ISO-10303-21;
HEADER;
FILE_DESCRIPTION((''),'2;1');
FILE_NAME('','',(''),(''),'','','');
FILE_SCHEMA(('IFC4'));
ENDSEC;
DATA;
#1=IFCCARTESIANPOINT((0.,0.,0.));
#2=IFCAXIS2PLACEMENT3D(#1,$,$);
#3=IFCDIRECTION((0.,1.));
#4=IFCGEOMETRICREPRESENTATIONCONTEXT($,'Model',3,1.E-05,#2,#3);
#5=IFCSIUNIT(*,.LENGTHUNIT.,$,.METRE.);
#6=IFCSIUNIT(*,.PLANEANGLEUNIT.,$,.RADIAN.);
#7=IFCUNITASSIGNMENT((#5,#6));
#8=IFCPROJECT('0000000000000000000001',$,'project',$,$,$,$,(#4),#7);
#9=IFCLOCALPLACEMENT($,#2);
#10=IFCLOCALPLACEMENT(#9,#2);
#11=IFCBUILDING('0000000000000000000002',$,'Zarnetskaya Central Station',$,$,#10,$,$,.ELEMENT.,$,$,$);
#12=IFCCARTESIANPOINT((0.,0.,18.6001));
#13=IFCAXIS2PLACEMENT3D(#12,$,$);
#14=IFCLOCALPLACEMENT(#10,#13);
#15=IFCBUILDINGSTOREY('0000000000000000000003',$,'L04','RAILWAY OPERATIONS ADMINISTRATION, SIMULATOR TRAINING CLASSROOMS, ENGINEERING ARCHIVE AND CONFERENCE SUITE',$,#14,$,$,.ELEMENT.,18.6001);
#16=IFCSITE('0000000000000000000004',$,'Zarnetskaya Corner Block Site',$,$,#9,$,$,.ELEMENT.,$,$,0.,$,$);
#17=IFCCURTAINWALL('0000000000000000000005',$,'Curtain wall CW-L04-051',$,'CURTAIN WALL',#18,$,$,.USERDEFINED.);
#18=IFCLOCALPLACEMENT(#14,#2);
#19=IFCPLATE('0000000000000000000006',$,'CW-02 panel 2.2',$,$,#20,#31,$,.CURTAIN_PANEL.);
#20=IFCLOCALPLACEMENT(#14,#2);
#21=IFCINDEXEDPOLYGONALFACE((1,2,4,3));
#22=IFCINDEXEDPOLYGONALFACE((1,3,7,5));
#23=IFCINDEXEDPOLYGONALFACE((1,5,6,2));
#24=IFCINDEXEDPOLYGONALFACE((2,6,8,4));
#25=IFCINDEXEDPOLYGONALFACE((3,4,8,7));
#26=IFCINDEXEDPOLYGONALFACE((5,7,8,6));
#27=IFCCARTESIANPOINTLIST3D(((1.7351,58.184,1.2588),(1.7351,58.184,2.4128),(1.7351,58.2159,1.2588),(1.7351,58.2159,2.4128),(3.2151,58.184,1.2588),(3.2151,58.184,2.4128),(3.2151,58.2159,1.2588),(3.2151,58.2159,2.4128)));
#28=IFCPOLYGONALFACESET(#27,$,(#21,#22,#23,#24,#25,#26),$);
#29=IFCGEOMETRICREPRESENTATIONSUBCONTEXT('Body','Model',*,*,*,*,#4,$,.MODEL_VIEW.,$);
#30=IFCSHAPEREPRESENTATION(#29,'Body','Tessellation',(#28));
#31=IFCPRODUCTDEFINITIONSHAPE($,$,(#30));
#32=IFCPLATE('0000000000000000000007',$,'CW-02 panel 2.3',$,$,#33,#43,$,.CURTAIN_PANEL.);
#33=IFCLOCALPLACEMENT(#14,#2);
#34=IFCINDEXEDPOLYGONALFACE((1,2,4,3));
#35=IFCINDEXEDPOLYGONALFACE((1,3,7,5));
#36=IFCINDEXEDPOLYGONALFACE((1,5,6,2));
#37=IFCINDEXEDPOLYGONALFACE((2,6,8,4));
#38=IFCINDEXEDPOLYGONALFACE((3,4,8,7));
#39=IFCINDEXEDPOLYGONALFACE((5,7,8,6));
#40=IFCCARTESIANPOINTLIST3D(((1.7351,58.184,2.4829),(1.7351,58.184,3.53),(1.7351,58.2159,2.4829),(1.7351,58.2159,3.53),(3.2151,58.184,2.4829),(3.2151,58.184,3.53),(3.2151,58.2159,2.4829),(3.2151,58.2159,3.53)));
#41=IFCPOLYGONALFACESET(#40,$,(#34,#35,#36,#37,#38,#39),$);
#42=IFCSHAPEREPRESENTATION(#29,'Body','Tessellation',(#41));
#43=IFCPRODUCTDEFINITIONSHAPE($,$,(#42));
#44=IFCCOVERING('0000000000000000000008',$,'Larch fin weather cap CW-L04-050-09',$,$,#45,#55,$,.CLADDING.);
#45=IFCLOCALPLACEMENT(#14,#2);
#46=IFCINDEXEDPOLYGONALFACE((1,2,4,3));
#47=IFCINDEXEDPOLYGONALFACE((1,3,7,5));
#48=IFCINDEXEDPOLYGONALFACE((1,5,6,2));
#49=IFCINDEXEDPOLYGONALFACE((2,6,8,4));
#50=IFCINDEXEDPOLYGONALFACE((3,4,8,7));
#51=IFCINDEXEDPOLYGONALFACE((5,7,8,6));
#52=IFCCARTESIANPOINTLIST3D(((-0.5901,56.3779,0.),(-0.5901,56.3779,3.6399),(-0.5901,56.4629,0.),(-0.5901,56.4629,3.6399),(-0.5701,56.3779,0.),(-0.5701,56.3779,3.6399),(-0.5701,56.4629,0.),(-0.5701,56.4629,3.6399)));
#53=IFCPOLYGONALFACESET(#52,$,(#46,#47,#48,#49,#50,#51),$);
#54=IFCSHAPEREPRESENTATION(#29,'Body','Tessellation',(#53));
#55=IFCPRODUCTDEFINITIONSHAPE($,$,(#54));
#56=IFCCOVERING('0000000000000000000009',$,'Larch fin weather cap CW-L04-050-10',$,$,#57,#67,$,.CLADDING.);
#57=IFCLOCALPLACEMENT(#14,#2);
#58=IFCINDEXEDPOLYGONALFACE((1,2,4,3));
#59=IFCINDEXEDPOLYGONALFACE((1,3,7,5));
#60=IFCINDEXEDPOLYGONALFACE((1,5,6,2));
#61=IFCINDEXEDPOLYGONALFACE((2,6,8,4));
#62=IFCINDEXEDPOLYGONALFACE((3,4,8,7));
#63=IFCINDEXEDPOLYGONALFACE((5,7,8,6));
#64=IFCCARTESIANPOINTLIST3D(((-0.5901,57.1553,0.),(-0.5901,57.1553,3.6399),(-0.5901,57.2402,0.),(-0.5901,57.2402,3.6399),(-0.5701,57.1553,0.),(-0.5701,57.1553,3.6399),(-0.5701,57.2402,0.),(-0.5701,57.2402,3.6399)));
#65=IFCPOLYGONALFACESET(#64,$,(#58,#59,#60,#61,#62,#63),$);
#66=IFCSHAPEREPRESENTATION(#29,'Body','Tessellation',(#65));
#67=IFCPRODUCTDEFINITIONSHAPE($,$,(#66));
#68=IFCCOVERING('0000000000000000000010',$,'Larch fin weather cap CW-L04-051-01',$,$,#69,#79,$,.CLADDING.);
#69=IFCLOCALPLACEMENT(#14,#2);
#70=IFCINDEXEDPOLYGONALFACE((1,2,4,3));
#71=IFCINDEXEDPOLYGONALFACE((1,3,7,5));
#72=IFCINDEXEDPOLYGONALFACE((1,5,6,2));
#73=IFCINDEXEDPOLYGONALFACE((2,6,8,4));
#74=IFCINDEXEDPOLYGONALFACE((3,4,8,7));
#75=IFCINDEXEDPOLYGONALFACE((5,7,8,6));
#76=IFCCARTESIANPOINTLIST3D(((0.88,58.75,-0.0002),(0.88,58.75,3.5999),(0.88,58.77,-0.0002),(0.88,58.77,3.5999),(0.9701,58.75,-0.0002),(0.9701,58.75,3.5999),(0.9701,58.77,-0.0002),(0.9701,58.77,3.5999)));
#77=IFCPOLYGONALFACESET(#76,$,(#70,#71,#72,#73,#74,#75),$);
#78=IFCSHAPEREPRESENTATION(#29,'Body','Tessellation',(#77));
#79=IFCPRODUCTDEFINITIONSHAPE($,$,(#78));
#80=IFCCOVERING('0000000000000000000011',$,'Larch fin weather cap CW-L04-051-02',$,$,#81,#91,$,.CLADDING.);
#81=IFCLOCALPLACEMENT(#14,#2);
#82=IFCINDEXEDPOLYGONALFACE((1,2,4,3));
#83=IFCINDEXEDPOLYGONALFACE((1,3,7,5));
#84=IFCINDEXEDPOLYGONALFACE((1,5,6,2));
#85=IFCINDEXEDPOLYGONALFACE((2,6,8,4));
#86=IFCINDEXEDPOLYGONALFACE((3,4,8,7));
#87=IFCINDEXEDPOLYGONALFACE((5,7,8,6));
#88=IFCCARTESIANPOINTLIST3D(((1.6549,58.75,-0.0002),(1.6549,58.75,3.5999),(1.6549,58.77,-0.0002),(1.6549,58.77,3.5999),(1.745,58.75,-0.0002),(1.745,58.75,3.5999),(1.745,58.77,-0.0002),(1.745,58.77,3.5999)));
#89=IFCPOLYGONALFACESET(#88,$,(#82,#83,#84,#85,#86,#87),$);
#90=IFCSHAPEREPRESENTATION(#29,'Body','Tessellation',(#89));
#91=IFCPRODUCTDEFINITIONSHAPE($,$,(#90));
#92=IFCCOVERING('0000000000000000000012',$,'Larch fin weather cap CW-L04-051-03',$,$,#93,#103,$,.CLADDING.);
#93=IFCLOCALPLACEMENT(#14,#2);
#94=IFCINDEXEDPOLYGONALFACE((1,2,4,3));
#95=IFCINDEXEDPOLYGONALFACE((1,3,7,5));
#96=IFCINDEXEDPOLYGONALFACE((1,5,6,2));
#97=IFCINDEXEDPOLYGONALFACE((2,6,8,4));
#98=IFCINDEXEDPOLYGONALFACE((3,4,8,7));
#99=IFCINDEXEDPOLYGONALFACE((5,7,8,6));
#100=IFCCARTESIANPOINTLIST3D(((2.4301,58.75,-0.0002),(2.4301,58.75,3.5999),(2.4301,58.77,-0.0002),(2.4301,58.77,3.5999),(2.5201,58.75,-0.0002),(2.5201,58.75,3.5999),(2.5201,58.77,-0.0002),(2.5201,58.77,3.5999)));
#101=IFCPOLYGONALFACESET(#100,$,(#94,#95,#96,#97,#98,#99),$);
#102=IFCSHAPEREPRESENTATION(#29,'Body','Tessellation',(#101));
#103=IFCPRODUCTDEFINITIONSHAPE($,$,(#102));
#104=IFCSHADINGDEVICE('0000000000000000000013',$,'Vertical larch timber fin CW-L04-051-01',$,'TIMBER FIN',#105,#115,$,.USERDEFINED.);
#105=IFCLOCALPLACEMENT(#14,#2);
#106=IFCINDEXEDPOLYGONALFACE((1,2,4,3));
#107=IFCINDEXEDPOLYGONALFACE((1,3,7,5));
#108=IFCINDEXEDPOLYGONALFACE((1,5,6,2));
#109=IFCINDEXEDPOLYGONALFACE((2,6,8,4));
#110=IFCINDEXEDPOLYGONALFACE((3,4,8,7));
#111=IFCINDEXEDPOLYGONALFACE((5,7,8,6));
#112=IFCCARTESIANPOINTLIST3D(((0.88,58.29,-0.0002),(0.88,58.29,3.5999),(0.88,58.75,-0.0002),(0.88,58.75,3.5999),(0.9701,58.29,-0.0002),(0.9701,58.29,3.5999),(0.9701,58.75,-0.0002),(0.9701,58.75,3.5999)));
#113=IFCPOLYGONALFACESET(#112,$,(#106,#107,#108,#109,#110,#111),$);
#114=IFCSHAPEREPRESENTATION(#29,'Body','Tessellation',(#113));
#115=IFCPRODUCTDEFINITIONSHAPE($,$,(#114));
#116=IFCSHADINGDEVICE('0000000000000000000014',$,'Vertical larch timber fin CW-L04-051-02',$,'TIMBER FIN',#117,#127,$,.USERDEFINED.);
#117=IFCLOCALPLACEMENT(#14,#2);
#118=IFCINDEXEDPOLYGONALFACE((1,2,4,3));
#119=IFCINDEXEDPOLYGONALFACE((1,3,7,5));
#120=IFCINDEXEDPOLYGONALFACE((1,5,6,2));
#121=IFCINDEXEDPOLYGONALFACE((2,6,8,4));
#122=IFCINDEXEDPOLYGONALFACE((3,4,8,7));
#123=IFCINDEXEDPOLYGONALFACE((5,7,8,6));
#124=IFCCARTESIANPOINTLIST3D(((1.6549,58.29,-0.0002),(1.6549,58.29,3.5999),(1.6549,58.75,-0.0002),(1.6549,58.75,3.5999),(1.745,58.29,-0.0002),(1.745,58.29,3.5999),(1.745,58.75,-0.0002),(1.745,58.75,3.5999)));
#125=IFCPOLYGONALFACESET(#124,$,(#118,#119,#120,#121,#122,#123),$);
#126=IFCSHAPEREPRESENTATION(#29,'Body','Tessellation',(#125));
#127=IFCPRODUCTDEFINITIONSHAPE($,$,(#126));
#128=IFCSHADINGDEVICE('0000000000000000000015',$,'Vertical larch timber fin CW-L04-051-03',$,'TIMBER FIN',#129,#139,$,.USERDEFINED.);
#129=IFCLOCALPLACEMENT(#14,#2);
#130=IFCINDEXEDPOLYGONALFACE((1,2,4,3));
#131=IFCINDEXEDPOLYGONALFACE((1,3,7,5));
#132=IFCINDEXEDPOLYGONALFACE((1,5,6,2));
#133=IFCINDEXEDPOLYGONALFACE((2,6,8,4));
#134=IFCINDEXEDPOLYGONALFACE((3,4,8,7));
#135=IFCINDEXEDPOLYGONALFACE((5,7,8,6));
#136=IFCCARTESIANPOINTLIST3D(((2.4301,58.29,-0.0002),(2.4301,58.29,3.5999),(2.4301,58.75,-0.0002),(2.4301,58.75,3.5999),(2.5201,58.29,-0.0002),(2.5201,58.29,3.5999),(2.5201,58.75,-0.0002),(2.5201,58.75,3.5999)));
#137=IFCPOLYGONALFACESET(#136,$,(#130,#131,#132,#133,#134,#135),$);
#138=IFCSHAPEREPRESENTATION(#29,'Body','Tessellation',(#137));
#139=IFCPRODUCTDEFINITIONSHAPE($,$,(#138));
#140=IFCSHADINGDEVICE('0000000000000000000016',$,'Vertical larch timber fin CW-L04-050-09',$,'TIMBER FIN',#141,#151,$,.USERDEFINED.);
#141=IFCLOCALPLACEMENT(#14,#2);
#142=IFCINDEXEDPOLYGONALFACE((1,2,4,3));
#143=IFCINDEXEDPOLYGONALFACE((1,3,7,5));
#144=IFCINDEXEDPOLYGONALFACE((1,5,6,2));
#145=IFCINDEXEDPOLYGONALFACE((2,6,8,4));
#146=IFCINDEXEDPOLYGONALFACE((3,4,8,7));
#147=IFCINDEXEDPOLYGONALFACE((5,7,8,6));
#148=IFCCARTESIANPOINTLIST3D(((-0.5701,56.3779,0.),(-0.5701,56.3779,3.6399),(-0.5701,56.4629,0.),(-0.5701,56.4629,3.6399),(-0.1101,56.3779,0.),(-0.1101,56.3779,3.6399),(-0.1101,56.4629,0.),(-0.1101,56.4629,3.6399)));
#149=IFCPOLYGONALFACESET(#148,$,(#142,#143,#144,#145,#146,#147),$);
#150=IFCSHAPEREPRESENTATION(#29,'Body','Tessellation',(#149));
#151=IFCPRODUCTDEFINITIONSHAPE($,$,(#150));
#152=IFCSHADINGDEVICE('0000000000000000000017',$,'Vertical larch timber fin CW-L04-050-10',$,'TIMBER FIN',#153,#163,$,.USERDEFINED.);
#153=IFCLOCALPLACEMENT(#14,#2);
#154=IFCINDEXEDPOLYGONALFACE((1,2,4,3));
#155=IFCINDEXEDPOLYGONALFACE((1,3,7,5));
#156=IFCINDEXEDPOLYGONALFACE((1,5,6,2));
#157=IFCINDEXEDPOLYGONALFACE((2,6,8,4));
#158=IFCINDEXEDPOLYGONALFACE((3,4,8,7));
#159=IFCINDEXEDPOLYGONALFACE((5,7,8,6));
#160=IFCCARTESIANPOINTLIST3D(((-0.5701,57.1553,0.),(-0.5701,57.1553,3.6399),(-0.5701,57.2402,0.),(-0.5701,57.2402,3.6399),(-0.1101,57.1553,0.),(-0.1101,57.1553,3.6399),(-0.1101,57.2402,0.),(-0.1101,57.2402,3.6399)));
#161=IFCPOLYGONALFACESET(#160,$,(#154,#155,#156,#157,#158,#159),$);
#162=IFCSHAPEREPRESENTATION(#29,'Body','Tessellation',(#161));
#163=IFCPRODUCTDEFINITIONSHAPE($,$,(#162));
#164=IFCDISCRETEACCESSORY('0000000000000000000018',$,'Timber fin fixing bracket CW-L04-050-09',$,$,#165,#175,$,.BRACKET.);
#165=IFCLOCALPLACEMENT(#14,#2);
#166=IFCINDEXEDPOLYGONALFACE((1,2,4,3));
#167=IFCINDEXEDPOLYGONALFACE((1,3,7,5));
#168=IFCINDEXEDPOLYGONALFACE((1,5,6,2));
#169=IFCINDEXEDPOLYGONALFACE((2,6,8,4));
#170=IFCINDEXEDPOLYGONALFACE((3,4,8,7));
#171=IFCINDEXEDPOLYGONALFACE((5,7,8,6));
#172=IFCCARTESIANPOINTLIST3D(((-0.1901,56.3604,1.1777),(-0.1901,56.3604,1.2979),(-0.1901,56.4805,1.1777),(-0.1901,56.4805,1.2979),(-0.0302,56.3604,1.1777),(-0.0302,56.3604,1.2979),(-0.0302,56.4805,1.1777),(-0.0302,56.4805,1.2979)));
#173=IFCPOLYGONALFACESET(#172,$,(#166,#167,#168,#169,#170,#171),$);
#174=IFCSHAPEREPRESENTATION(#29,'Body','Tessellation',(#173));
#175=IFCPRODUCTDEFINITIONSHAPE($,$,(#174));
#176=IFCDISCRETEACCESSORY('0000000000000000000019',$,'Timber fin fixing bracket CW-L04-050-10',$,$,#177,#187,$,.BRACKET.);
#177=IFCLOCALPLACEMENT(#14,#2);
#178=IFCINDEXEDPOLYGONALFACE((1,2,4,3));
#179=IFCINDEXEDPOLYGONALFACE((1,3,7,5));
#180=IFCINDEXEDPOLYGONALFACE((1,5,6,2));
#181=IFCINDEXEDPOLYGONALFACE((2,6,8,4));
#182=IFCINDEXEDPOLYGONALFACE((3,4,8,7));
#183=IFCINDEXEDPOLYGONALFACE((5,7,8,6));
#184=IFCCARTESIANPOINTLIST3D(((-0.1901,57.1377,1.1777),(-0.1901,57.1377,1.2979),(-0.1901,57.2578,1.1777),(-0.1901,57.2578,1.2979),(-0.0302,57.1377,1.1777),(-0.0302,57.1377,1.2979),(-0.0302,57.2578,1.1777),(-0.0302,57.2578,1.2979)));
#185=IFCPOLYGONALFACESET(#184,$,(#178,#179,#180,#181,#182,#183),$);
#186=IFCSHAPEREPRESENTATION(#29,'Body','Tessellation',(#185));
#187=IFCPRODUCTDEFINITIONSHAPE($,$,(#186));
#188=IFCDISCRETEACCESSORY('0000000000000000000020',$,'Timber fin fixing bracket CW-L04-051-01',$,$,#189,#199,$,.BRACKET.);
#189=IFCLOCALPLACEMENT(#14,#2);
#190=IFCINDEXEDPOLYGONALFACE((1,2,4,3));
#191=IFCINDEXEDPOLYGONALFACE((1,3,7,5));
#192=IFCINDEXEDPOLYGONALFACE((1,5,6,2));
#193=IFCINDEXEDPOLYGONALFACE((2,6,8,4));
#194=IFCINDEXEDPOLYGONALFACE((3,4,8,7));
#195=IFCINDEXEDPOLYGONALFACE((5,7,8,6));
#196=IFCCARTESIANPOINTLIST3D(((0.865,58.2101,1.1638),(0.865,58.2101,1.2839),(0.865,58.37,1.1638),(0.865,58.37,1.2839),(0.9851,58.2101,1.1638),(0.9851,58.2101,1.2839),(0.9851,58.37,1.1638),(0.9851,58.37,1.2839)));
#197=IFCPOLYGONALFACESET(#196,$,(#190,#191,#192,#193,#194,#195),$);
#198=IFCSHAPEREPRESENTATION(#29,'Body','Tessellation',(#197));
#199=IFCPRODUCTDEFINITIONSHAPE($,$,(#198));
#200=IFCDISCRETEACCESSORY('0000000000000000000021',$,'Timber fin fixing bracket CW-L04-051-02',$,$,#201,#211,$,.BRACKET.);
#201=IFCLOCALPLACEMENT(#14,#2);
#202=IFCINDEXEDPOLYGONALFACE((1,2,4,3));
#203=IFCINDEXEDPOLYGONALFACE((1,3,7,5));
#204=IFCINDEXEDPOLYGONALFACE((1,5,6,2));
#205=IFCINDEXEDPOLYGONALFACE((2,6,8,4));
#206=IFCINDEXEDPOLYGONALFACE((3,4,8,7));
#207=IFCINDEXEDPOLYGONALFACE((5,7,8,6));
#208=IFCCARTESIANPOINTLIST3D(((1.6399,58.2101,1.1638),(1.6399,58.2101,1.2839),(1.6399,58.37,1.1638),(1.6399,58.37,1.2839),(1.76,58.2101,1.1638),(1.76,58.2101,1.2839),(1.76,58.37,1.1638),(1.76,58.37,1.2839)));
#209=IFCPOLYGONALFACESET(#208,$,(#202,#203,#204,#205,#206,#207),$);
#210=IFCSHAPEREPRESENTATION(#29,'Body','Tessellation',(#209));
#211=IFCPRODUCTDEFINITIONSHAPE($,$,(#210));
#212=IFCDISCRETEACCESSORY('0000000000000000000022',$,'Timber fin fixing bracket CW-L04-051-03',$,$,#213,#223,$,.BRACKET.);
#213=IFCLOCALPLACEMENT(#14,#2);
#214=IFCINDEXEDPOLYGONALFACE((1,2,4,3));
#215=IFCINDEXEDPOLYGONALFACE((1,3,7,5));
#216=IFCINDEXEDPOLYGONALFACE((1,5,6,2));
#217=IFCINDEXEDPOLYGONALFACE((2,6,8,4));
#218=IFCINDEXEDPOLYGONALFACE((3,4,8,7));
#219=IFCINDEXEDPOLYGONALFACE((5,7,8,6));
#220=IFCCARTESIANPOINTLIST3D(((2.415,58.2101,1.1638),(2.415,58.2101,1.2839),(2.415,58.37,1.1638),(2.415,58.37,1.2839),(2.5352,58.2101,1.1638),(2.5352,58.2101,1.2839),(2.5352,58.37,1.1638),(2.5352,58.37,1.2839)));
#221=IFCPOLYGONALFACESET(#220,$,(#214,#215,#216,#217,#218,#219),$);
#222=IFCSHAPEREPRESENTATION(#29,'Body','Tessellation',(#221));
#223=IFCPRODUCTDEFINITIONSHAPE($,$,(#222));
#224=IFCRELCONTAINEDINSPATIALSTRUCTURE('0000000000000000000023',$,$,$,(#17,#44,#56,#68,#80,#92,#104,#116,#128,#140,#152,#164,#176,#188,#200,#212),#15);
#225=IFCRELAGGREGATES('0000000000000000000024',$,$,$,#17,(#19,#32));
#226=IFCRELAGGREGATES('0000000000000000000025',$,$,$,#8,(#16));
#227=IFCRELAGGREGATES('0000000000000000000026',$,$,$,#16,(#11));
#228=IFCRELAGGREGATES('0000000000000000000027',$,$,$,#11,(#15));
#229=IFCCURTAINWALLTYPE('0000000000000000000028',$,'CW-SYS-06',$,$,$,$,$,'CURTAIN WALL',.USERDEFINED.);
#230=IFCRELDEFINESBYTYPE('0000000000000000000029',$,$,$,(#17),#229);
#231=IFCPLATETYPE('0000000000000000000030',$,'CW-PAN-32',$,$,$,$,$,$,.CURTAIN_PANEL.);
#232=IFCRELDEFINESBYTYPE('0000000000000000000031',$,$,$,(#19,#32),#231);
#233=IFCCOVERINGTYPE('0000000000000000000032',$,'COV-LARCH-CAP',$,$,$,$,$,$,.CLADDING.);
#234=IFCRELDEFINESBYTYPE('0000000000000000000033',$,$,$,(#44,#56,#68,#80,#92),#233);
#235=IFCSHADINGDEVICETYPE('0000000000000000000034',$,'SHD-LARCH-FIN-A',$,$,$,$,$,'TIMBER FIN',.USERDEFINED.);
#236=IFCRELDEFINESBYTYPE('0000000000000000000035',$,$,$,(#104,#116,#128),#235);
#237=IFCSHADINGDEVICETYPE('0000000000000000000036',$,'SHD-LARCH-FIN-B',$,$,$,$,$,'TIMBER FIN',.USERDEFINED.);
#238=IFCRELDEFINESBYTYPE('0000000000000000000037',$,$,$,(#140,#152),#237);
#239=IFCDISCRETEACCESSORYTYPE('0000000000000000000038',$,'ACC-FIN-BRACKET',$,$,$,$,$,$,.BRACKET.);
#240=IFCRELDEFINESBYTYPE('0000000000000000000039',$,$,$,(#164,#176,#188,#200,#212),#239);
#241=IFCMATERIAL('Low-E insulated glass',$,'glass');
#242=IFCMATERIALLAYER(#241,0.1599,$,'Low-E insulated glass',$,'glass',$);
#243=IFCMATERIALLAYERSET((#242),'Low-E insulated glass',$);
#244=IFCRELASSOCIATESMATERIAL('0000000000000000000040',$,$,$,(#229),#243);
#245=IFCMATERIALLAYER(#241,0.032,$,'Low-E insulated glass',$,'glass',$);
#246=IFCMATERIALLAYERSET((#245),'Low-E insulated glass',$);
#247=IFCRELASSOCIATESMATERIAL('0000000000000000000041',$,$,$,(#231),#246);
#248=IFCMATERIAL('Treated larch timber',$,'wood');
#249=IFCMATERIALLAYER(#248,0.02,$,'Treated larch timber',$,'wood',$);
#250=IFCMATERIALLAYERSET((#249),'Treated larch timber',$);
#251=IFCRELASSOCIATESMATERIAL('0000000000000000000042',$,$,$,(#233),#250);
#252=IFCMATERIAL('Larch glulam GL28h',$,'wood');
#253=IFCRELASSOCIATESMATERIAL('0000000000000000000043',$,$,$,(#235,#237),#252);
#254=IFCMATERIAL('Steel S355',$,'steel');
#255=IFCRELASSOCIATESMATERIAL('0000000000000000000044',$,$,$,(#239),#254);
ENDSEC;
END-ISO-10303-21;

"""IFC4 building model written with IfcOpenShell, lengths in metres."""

from ifc_helpers import new_model, si_unit, direction, frame, origin, origin_2d, place, context, subcontext, project, spatial, rectangle, extrude, material, layer, layer_set, type_object, element, aggregate, save


model = new_model("IFC4")

# Units and contexts
model_context = context("Model", 3, precision=1e-05, world=origin(), true_north=direction((0.0, 1.0)))
body_context = subcontext(model_context, "Body", "Model", "MODEL_VIEW")
ifc_project = project(units=[si_unit("LENGTHUNIT", "METRE"), si_unit("PLANEANGLEUNIT", "RADIAN")], contexts=[model_context])

# Site, building, storey
site_placement = place(None, origin())
site = spatial("IfcSite", under=ifc_project, at=site_placement, Name="Zarnetskaya Corner Block Site", CompositionType="ELEMENT", RefElevation=0.0)
building_placement = place(site_placement, origin())
building = spatial("IfcBuilding", under=site, at=building_placement, Name="Zarnetskaya Central Station", CompositionType="ELEMENT")
storey_placement = place(building_placement, frame((0.0, 0.0, 18.6001)))
storey = spatial("IfcBuildingStorey", under=building, at=storey_placement, Name="L04", Description="RAILWAY OPERATIONS ADMINISTRATION, SIMULATOR TRAINING CLASSROOMS, ENGINEERING ARCHIVE AND CONFERENCE SUITE", CompositionType="ELEMENT", Elevation=18.6001)

# Shared definitions
ifc_material_1 = material(Name="Steel S355", Category="steel")

# Curtain wall
ifc_material_2 = material(Name="Low-E insulated glass", Category="glass")
ifc_layer_1 = layer(ifc_material_2, 0.1599, Name="Low-E insulated glass", Category="glass")
ifc_layer_set_1 = layer_set([ifc_layer_1], Name="Low-E insulated glass")
curtain_wall_type_1 = type_object("IfcCurtainWallType", Name="CW-SYS-06", ElementType="CURTAIN WALL", PredefinedType="USERDEFINED", material=ifc_layer_set_1)
curtain_wall_1_placement = place(storey_placement, origin())
curtain_wall_1 = element("IfcCurtainWall", 1, at=curtain_wall_1_placement, inside=storey, type_object=curtain_wall_type_1, Name="Curtain wall CW-L04-051", ObjectType="CURTAIN WALL", PredefinedType="USERDEFINED")

# Plates
ifc_layer_2 = layer(ifc_material_2, 0.032, Name="Low-E insulated glass", Category="glass")
ifc_layer_set_2 = layer_set([ifc_layer_2], Name="Low-E insulated glass")
plate_type_1 = type_object("IfcPlateType", Name="CW-PAN-32", PredefinedType="CURTAIN_PANEL", material=ifc_layer_set_2)
plate_1_placement = place(storey_placement, frame((2.4751, 58.2, 1.2588), z_axis=(0.0, 0.0, 1.0), x_axis=(1.0, 0.0, 0.0)))
plate_1 = element("IfcPlate", 2, at=plate_1_placement, type_object=plate_type_1, Name="CW-02 panel 2.2", PredefinedType="CURTAIN_PANEL", context=body_context, shape_type="SweptSolid", body=[
    extrude(rectangle(XDim=1.48, YDim=0.032, at=origin_2d()), origin(), (0.0, 0.0, 1.0), 1.1541),
])
plate_2_placement = place(storey_placement, frame((2.4751, 58.2, 2.4829), z_axis=(0.0, 0.0, 1.0), x_axis=(1.0, 0.0, 0.0)))
plate_2 = element("IfcPlate", 3, at=plate_2_placement, type_object=plate_type_1, Name="CW-02 panel 2.3", PredefinedType="CURTAIN_PANEL", context=body_context, shape_type="SweptSolid", body=[
    extrude(rectangle(XDim=1.48, YDim=0.032, at=origin_2d()), origin(), (0.0, 0.0, 1.0), 1.0471),
])
aggregate(curtain_wall_1, [plate_1, plate_2])

# Coverings
ifc_material_3 = material(Name="Treated larch timber", Category="wood")
ifc_layer_3 = layer(ifc_material_3, 0.02, Name="Treated larch timber", Category="wood")
ifc_layer_set_3 = layer_set([ifc_layer_3], Name="Treated larch timber")
covering_type = type_object("IfcCoveringType", Name="COV-LARCH-CAP", PredefinedType="CLADDING", material=ifc_layer_set_3)
for number, where, z_axis, x_axis, name in (
    (4, (-0.5801, 56.4204, 0.0), (0.0, 0.0, 1.0), (0.0, 1.0, 0.0), "Larch fin weather cap CW-L04-050-09"),
    (5, (-0.5801, 57.1978, 0.0), (0.0, 0.0, 1.0), (0.0, 1.0, 0.0), "Larch fin weather cap CW-L04-050-10"),
):
    element("IfcCovering", number, at=place(storey_placement, frame(where, z_axis=z_axis, x_axis=x_axis)), inside=storey, type_object=covering_type, Name=name, PredefinedType="CLADDING", context=body_context, shape_type="SweptSolid", body=[
        extrude(rectangle(XDim=0.085, YDim=0.02, at=origin_2d()), origin(), (0.0, 0.0, 1.0), 3.6399),
    ])
for number, where, z_axis, x_axis, name in (
    (6, (0.925, 58.76, -0.0002), (0.0, 0.0, 1.0), (1.0, 0.0, 0.0), "Larch fin weather cap CW-L04-051-01"),
    (7, (1.7, 58.76, -0.0002), (0.0, 0.0, 1.0), (1.0, 0.0, 0.0), "Larch fin weather cap CW-L04-051-02"),
    (8, (2.4751, 58.76, -0.0002), (0.0, 0.0, 1.0), (1.0, 0.0, 0.0), "Larch fin weather cap CW-L04-051-03"),
):
    element("IfcCovering", number, at=place(storey_placement, frame(where, z_axis=z_axis, x_axis=x_axis)), inside=storey, type_object=covering_type, Name=name, PredefinedType="CLADDING", context=body_context, shape_type="SweptSolid", body=[
        extrude(rectangle(XDim=0.0901, YDim=0.02, at=origin_2d()), origin(), (0.0, 0.0, 1.0), 3.6001),
    ])

# Shading devices
ifc_material_4 = material(Name="Larch glulam GL28h", Category="wood")
shading_device_type_1 = type_object("IfcShadingDeviceType", Name="SHD-LARCH-FIN-A", ElementType="TIMBER FIN", PredefinedType="USERDEFINED", material=ifc_material_4)
for number, where, z_axis, x_axis, name in (
    (9, (0.925, 58.52, -0.0002), (0.0, 0.0, 1.0), (1.0, 0.0, 0.0), "Vertical larch timber fin CW-L04-051-01"),
    (10, (1.7, 58.52, -0.0002), (0.0, 0.0, 1.0), (1.0, 0.0, 0.0), "Vertical larch timber fin CW-L04-051-02"),
    (11, (2.4751, 58.52, -0.0002), (0.0, 0.0, 1.0), (1.0, 0.0, 0.0), "Vertical larch timber fin CW-L04-051-03"),
):
    element("IfcShadingDevice", number, at=place(storey_placement, frame(where, z_axis=z_axis, x_axis=x_axis)), inside=storey, type_object=shading_device_type_1, Name=name, ObjectType="TIMBER FIN", PredefinedType="USERDEFINED", context=body_context, shape_type="SweptSolid", body=[
        extrude(rectangle(XDim=0.0901, YDim=0.46, at=origin_2d()), origin(), (0.0, 0.0, 1.0), 3.6001),
    ])
shading_device_type_2 = type_object("IfcShadingDeviceType", Name="SHD-LARCH-FIN-B", ElementType="TIMBER FIN", PredefinedType="USERDEFINED", material=ifc_material_4)
for number, where, z_axis, x_axis, name in (
    (12, (-0.3401, 56.4204, 0.0), (0.0, 0.0, 1.0), (0.0, 1.0, 0.0), "Vertical larch timber fin CW-L04-050-09"),
    (13, (-0.3401, 57.1978, 0.0), (0.0, 0.0, 1.0), (0.0, 1.0, 0.0), "Vertical larch timber fin CW-L04-050-10"),
):
    element("IfcShadingDevice", number, at=place(storey_placement, frame(where, z_axis=z_axis, x_axis=x_axis)), inside=storey, type_object=shading_device_type_2, Name=name, ObjectType="TIMBER FIN", PredefinedType="USERDEFINED", context=body_context, shape_type="SweptSolid", body=[
        extrude(rectangle(XDim=0.085, YDim=0.46, at=origin_2d()), origin(), (0.0, 0.0, 1.0), 3.6399),
    ])

# Discrete accessories
discrete_accessory_type = type_object("IfcDiscreteAccessoryType", Name="ACC-FIN-BRACKET", PredefinedType="BRACKET", material=ifc_material_1)
for number, where, z_axis, x_axis, name in (
    (14, (-0.1101, 56.4204, 1.1777), (0.0, 0.0, 1.0), (0.0, 1.0, 0.0), "Timber fin fixing bracket CW-L04-050-09"),
    (15, (-0.1101, 57.1978, 1.1777), (0.0, 0.0, 1.0), (0.0, 1.0, 0.0), "Timber fin fixing bracket CW-L04-050-10"),
    (16, (0.925, 58.29, 1.1638), (0.0, 0.0, 1.0), (1.0, 0.0, 0.0), "Timber fin fixing bracket CW-L04-051-01"),
    (17, (1.7, 58.29, 1.1638), (0.0, 0.0, 1.0), (1.0, 0.0, 0.0), "Timber fin fixing bracket CW-L04-051-02"),
    (18, (2.4751, 58.29, 1.1638), (0.0, 0.0, 1.0), (1.0, 0.0, 0.0), "Timber fin fixing bracket CW-L04-051-03"),
):
    element("IfcDiscreteAccessory", number, at=place(storey_placement, frame(where, z_axis=z_axis, x_axis=x_axis)), inside=storey, type_object=discrete_accessory_type, Name=name, PredefinedType="BRACKET", context=body_context, shape_type="SweptSolid", body=[
        extrude(rectangle(XDim=0.1201, YDim=0.1599, at=origin_2d()), origin(), (0.0, 0.0, 1.0), 0.1201),
    ])

save(model, "model.ifc")
